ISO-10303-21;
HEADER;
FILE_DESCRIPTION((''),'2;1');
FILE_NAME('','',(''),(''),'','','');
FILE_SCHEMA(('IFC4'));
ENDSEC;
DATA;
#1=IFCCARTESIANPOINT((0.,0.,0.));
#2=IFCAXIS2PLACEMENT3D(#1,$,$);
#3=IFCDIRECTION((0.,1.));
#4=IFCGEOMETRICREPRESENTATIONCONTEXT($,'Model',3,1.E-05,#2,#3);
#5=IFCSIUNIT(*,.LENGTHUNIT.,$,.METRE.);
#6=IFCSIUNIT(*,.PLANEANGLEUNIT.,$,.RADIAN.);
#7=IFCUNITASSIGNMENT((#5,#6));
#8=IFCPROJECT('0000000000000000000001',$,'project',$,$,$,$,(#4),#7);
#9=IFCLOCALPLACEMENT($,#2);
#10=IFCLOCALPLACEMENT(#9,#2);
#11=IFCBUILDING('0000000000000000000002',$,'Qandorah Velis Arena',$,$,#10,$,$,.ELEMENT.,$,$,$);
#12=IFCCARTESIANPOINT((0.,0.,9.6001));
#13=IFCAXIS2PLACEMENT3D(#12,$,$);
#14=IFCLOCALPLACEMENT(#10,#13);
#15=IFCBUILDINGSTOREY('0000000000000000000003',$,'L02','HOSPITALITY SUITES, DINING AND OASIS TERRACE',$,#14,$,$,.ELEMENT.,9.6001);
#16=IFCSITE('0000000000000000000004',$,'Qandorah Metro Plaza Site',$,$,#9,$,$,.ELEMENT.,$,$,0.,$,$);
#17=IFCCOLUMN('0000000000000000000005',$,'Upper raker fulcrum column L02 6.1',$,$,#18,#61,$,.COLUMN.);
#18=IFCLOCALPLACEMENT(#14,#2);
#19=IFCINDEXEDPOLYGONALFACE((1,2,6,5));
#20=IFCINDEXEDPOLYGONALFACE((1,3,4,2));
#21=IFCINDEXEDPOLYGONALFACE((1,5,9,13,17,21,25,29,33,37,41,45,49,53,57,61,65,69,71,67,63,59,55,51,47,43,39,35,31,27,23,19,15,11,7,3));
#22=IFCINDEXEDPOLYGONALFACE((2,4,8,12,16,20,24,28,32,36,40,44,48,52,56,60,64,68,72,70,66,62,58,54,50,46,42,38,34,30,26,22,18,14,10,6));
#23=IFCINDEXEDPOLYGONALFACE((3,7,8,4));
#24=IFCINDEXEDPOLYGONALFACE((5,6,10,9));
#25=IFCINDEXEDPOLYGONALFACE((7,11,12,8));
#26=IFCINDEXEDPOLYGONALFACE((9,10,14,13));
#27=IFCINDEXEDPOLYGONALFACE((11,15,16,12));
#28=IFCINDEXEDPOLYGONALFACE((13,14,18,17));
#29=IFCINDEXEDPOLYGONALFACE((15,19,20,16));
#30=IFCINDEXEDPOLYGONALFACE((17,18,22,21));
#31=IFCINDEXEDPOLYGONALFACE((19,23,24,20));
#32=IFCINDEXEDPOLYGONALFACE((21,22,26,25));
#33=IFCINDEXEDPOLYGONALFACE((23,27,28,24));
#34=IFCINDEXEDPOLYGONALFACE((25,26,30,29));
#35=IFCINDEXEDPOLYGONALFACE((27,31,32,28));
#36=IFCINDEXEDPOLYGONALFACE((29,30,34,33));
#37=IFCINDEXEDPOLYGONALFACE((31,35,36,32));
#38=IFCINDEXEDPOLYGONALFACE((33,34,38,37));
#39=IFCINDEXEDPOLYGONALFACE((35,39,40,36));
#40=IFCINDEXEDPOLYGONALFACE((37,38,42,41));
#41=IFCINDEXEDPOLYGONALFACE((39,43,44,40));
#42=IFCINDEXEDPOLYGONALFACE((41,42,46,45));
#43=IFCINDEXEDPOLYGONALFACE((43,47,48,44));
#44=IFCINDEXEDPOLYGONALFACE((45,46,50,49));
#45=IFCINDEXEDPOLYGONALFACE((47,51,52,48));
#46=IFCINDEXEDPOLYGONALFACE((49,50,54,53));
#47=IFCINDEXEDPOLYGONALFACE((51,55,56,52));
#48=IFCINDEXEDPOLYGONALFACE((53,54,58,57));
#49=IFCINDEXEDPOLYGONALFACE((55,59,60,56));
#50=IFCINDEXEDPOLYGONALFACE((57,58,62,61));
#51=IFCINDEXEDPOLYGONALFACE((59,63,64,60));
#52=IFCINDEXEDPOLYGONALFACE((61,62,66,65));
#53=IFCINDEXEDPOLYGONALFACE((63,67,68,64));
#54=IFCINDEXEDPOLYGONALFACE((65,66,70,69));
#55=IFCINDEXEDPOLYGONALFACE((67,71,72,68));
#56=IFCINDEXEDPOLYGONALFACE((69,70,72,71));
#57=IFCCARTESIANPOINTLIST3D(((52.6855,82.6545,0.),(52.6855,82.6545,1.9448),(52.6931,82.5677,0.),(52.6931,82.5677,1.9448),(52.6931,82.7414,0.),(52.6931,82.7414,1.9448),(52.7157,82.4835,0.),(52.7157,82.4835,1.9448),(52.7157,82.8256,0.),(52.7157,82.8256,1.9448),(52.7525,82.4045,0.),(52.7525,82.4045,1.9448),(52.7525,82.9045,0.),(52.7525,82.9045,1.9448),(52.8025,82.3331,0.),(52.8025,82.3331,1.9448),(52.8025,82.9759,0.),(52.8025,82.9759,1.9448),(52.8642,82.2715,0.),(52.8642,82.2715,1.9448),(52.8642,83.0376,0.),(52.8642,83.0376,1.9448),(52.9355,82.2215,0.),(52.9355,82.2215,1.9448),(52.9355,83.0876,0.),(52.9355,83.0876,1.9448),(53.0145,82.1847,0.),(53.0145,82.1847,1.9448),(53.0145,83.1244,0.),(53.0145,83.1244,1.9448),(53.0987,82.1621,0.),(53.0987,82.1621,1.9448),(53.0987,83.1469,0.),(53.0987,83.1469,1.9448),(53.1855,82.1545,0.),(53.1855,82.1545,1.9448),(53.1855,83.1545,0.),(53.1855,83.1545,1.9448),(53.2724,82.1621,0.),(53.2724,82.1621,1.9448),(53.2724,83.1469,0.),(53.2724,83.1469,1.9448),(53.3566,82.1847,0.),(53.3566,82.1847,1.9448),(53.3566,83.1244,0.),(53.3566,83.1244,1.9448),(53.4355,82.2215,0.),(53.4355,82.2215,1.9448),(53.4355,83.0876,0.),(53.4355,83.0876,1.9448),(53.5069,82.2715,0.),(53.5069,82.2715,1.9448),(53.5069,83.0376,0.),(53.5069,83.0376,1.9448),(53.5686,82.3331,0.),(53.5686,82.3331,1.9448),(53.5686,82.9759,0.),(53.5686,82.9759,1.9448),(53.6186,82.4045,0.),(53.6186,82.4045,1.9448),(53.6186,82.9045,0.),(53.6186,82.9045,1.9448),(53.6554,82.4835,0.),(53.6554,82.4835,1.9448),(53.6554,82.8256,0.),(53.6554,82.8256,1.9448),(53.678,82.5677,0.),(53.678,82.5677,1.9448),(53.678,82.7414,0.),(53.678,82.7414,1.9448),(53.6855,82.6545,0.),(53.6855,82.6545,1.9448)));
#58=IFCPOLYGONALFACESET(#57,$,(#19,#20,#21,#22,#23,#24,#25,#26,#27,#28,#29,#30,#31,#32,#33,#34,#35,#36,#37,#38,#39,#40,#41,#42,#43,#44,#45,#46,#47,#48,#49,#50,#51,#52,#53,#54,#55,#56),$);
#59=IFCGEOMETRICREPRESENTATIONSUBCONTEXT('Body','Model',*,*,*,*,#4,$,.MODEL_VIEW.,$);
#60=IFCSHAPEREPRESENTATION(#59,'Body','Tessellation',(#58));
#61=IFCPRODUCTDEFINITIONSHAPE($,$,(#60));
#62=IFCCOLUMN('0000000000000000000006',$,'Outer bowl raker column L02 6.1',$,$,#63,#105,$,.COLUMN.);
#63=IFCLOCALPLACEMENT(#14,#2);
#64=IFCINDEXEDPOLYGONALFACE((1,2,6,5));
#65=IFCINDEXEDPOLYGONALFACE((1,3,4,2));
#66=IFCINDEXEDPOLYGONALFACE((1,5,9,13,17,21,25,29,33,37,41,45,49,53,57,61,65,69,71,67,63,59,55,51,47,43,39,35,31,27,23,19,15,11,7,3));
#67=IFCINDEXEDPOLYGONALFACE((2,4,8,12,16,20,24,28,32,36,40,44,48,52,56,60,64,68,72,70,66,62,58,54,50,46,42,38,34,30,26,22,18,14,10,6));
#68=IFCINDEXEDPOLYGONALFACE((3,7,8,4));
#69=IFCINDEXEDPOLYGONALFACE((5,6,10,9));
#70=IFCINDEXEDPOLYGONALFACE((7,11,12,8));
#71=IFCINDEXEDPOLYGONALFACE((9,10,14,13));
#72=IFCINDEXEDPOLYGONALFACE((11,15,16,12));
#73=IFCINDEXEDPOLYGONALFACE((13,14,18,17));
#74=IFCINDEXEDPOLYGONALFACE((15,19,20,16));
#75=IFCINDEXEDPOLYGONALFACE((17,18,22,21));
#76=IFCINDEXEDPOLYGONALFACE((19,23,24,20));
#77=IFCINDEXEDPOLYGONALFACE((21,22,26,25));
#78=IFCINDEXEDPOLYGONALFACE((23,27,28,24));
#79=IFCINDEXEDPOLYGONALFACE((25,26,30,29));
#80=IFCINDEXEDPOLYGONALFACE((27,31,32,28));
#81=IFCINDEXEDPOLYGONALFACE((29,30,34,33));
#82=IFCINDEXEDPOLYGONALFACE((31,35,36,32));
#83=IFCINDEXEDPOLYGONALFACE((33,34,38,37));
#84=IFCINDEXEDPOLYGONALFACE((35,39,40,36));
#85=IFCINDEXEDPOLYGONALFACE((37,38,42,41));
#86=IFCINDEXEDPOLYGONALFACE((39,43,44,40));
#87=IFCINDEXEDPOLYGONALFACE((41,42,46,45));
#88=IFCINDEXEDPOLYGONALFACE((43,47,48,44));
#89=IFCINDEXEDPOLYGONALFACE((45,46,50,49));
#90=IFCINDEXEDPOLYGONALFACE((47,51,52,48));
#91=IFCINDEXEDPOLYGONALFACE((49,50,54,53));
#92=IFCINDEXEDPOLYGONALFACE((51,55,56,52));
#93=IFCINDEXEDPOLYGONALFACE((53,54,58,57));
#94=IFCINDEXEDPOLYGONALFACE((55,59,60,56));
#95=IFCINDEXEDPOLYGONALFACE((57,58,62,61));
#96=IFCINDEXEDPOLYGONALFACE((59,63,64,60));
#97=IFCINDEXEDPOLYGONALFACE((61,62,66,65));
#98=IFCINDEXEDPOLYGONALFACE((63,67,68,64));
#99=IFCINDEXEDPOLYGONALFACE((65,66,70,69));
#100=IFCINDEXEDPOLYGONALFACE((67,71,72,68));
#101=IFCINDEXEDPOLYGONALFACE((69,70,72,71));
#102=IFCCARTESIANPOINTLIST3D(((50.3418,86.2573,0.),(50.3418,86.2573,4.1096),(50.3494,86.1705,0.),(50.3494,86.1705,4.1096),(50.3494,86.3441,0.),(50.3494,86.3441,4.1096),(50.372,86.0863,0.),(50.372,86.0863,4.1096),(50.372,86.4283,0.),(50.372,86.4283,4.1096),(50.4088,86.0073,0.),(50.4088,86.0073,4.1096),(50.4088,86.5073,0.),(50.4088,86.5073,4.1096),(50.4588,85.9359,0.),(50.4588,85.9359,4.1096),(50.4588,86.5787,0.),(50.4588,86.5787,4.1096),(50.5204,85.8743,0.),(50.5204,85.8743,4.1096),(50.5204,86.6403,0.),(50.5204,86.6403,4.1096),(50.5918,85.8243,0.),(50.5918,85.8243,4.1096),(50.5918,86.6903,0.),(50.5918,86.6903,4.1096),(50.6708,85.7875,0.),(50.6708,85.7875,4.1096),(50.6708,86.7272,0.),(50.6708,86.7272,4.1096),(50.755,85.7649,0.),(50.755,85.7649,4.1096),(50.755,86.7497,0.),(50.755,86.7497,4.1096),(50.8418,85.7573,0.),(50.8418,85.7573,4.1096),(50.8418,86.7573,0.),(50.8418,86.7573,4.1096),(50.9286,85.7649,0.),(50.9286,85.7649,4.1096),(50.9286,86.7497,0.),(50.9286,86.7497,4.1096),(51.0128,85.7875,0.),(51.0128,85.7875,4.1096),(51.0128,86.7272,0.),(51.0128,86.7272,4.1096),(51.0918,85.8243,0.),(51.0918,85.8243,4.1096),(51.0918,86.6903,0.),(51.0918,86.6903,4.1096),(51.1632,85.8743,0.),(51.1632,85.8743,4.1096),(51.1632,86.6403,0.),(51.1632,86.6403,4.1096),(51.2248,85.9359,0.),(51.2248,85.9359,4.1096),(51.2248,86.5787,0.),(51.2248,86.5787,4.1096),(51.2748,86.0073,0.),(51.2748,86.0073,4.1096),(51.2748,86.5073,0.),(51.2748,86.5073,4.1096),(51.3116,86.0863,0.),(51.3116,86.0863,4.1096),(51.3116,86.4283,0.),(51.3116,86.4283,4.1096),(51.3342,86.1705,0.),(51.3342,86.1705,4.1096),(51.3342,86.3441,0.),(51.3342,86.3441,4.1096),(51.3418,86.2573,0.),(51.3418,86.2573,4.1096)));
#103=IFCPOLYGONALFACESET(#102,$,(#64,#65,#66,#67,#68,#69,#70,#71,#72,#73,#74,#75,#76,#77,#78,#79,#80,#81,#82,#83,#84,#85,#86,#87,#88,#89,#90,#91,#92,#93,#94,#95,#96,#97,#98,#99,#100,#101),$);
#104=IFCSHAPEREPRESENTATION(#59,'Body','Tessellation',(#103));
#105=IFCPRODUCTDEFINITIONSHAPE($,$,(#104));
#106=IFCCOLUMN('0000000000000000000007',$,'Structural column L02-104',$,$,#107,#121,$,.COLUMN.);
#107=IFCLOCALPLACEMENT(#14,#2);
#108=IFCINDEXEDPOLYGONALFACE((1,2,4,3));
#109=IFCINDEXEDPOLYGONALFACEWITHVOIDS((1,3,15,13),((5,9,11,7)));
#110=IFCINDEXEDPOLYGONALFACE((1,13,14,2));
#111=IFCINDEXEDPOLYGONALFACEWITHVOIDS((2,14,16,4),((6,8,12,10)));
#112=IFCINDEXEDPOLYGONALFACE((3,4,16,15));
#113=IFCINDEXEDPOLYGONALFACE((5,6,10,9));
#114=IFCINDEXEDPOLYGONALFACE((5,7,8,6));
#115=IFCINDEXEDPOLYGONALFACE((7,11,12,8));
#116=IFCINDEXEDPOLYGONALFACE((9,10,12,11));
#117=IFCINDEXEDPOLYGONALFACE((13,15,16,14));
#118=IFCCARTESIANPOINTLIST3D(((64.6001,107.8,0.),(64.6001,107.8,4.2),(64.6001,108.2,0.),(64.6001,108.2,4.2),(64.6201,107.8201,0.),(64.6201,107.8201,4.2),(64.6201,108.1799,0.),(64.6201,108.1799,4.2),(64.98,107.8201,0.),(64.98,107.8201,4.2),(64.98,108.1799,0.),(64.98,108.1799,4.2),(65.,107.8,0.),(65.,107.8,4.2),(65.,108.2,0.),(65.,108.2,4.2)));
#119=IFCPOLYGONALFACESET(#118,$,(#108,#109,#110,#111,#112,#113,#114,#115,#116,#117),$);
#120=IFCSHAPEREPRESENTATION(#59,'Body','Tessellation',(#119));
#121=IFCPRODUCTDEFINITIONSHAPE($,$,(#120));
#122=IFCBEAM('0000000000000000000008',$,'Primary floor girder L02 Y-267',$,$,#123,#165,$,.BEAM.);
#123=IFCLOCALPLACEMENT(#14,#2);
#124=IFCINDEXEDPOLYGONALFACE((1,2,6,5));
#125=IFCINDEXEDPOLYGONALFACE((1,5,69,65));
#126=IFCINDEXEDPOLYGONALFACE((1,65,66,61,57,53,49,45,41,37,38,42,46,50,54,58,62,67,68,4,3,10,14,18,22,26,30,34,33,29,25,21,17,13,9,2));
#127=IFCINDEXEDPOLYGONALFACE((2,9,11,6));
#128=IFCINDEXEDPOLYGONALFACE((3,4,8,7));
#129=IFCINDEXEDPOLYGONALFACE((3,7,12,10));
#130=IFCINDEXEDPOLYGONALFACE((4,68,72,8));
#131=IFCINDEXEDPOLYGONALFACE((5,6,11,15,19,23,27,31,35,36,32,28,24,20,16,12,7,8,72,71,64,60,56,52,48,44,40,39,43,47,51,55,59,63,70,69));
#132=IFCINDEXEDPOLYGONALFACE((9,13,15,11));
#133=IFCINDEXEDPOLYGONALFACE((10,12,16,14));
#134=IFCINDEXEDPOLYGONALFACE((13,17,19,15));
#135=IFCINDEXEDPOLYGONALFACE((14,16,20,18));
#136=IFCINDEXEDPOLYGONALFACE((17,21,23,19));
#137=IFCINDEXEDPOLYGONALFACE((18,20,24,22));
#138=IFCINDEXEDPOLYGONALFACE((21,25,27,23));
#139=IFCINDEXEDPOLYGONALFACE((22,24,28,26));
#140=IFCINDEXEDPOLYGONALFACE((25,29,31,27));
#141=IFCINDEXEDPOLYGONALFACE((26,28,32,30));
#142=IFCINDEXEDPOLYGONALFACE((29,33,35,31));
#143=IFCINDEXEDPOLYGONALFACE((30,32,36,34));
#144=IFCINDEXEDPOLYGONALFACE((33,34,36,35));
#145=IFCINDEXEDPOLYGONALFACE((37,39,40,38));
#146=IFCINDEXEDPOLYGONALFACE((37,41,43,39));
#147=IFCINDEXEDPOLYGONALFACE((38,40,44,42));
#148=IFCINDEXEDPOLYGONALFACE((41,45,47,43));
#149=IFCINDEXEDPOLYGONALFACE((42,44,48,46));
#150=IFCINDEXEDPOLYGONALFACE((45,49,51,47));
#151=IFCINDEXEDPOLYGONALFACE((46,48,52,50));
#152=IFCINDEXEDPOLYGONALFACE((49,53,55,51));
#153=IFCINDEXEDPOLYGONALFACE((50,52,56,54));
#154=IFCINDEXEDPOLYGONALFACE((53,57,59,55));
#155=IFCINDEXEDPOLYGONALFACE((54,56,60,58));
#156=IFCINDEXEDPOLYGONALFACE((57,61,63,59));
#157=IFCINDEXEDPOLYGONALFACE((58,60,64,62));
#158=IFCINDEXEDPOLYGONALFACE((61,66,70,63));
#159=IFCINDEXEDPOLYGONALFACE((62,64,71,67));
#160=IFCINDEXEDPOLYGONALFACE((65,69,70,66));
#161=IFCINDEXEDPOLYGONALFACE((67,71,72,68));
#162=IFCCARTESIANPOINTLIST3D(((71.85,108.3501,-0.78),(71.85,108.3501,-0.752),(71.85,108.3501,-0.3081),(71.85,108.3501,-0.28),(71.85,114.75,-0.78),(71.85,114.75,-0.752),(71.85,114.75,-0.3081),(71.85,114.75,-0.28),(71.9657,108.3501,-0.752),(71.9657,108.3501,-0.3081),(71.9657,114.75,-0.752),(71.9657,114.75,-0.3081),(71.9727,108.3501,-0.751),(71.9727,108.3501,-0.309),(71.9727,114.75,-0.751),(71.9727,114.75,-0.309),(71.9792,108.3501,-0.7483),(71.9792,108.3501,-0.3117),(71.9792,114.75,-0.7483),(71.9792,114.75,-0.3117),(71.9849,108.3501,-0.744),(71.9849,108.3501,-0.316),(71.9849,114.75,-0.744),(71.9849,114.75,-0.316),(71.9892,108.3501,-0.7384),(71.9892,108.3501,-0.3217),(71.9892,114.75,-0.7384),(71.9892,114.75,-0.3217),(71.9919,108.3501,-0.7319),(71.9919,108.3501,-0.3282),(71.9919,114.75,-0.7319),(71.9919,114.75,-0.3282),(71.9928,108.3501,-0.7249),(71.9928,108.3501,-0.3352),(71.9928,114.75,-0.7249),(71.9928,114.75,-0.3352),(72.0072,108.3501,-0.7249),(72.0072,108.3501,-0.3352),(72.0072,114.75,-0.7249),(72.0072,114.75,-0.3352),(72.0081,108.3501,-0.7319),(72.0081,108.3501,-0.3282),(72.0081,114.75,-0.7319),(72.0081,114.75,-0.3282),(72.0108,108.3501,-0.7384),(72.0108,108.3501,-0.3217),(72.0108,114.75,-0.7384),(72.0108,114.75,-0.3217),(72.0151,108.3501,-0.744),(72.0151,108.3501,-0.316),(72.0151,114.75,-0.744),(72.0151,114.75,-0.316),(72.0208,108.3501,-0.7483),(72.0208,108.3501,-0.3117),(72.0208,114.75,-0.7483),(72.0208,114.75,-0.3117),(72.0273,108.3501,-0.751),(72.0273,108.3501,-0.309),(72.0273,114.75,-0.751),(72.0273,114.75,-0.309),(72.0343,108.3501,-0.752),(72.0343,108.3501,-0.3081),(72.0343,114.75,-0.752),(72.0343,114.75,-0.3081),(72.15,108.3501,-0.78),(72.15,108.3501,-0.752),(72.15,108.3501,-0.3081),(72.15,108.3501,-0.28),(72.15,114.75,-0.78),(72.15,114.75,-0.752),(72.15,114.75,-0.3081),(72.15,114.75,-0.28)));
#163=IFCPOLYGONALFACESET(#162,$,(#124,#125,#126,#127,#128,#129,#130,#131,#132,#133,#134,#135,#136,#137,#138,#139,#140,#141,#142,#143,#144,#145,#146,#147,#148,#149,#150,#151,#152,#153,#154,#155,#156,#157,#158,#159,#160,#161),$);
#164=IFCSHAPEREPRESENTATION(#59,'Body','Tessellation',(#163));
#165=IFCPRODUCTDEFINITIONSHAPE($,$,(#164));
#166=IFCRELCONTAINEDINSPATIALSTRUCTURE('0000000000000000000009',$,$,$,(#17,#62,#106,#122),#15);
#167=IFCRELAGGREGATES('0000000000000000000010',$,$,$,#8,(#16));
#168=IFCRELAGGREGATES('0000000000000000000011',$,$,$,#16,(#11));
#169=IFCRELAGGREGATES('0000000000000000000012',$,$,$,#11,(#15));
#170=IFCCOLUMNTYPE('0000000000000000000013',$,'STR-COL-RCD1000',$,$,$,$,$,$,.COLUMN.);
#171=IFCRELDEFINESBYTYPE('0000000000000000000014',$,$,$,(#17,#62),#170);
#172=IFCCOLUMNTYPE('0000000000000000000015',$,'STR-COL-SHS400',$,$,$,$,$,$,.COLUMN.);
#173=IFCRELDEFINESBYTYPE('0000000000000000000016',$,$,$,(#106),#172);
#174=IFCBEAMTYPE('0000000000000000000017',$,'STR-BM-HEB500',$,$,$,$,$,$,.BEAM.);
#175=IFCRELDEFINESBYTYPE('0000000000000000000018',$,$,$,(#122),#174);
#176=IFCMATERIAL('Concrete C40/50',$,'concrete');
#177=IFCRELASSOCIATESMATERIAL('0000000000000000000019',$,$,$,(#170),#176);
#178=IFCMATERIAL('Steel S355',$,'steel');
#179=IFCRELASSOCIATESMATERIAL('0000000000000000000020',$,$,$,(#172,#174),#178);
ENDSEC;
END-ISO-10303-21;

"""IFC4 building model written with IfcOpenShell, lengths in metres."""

from ifc_helpers import new_model, si_unit, direction, frame, origin, origin_2d, place, context, subcontext, project, spatial, hollow_rectangle, circle, i_section, extrude, material, material_profile, profile_set, type_object, element, save


model = new_model("IFC4")

# Units and contexts
model_context = context("Model", 3, precision=1e-05, world=origin(), true_north=direction((0.0, 1.0)))
body_context = subcontext(model_context, "Body", "Model", "MODEL_VIEW")
ifc_project = project(units=[si_unit("LENGTHUNIT", "METRE"), si_unit("PLANEANGLEUNIT", "RADIAN")], contexts=[model_context])

# Site, building, storey
site_placement = place(None, origin())
site = spatial("IfcSite", under=ifc_project, at=site_placement, Name="Qandorah Metro Plaza Site", CompositionType="ELEMENT", RefElevation=0.0)
building_placement = place(site_placement, origin())
building = spatial("IfcBuilding", under=site, at=building_placement, Name="Qandorah Velis Arena", CompositionType="ELEMENT")
storey_placement = place(building_placement, frame((0.0, 0.0, 9.6001)))
storey = spatial("IfcBuildingStorey", under=building, at=storey_placement, Name="L02", Description="HOSPITALITY SUITES, DINING AND OASIS TERRACE", CompositionType="ELEMENT", Elevation=9.6001)

# Columns
ifc_material_1 = material(Name="Concrete C40/50", Category="concrete")
ifc_material_profile_1 = material_profile(ifc_material_1, circle(Radius=0.5, at=origin_2d()), Name="RC D1000")
ifc_profile_set_1 = profile_set([ifc_material_profile_1], Name="Concrete C40/50")
column_type_1 = type_object("IfcColumnType", Name="STR-COL-RCD1000", PredefinedType="COLUMN", material=ifc_profile_set_1)
column_1_placement = place(storey_placement, frame((53.1855, 82.6545, 0.0), z_axis=(0.0, 0.0, 1.0), x_axis=(1.0, 0.0, 0.0)))
element("IfcColumn", 1, at=column_1_placement, inside=storey, type_object=column_type_1, Name="Upper raker fulcrum column L02 6.1", PredefinedType="COLUMN", context=body_context, shape_type="SweptSolid", body=[
    extrude(circle(Radius=0.5, at=origin_2d()), origin(), (0.0, 0.0, 1.0), 1.9448),
])
column_2_placement = place(storey_placement, frame((50.8418, 86.2573, 0.0), z_axis=(0.0, 0.0, 1.0), x_axis=(1.0, 0.0, 0.0)))
element("IfcColumn", 2, at=column_2_placement, inside=storey, type_object=column_type_1, Name="Outer bowl raker column L02 6.1", PredefinedType="COLUMN", context=body_context, shape_type="SweptSolid", body=[
    extrude(circle(Radius=0.5, at=origin_2d()), origin(), (0.0, 0.0, 1.0), 4.1096),
])
ifc_material_2 = material(Name="Steel S355", Category="steel")
ifc_material_profile_2 = material_profile(ifc_material_2, hollow_rectangle(XDim=0.3999, YDim=0.3999, WallThickness=0.02, at=origin_2d()), Name="SHS 400x400x20")
ifc_profile_set_2 = profile_set([ifc_material_profile_2], Name="Steel S355")
column_type_2 = type_object("IfcColumnType", Name="STR-COL-SHS400", PredefinedType="COLUMN", material=ifc_profile_set_2)
column_3_placement = place(storey_placement, frame((64.8, 108.0, 0.0), z_axis=(0.0, 0.0, 1.0), x_axis=(1.0, 0.0, 0.0)))
element("IfcColumn", 3, at=column_3_placement, inside=storey, type_object=column_type_2, Name="Structural column L02-104", PredefinedType="COLUMN", context=body_context, shape_type="SweptSolid", body=[
    extrude(hollow_rectangle(XDim=0.3999, YDim=0.3999, WallThickness=0.02, at=origin_2d()), origin(), (0.0, 0.0, 1.0), 4.2),
])

# Beam
ifc_material_profile_3 = material_profile(ifc_material_2, i_section(OverallWidth=0.3, OverallDepth=0.5, WebThickness=0.0144, FlangeThickness=0.0281, FilletRadius=0.0271, at=origin_2d()), Name="HEB 500")
ifc_profile_set_3 = profile_set([ifc_material_profile_3], Name="Steel S355")
beam_type_1 = type_object("IfcBeamType", Name="STR-BM-HEB500", PredefinedType="BEAM", material=ifc_profile_set_3)
beam_1_placement = place(storey_placement, frame((72.0, 108.3501, -0.53), z_axis=(0.0, 1.0, 0.0), x_axis=(-1.0, 0.0, 0.0)))
element("IfcBeam", 4, at=beam_1_placement, inside=storey, type_object=beam_type_1, Name="Primary floor girder L02 Y-267", PredefinedType="BEAM", context=body_context, shape_type="SweptSolid", body=[
    extrude(i_section(OverallWidth=0.3, OverallDepth=0.5, WebThickness=0.0144, FlangeThickness=0.0281, FilletRadius=0.0271, at=origin_2d()), origin(), (0.0, 0.0, 1.0), 6.3999),
])

save(model, "model.ifc")
